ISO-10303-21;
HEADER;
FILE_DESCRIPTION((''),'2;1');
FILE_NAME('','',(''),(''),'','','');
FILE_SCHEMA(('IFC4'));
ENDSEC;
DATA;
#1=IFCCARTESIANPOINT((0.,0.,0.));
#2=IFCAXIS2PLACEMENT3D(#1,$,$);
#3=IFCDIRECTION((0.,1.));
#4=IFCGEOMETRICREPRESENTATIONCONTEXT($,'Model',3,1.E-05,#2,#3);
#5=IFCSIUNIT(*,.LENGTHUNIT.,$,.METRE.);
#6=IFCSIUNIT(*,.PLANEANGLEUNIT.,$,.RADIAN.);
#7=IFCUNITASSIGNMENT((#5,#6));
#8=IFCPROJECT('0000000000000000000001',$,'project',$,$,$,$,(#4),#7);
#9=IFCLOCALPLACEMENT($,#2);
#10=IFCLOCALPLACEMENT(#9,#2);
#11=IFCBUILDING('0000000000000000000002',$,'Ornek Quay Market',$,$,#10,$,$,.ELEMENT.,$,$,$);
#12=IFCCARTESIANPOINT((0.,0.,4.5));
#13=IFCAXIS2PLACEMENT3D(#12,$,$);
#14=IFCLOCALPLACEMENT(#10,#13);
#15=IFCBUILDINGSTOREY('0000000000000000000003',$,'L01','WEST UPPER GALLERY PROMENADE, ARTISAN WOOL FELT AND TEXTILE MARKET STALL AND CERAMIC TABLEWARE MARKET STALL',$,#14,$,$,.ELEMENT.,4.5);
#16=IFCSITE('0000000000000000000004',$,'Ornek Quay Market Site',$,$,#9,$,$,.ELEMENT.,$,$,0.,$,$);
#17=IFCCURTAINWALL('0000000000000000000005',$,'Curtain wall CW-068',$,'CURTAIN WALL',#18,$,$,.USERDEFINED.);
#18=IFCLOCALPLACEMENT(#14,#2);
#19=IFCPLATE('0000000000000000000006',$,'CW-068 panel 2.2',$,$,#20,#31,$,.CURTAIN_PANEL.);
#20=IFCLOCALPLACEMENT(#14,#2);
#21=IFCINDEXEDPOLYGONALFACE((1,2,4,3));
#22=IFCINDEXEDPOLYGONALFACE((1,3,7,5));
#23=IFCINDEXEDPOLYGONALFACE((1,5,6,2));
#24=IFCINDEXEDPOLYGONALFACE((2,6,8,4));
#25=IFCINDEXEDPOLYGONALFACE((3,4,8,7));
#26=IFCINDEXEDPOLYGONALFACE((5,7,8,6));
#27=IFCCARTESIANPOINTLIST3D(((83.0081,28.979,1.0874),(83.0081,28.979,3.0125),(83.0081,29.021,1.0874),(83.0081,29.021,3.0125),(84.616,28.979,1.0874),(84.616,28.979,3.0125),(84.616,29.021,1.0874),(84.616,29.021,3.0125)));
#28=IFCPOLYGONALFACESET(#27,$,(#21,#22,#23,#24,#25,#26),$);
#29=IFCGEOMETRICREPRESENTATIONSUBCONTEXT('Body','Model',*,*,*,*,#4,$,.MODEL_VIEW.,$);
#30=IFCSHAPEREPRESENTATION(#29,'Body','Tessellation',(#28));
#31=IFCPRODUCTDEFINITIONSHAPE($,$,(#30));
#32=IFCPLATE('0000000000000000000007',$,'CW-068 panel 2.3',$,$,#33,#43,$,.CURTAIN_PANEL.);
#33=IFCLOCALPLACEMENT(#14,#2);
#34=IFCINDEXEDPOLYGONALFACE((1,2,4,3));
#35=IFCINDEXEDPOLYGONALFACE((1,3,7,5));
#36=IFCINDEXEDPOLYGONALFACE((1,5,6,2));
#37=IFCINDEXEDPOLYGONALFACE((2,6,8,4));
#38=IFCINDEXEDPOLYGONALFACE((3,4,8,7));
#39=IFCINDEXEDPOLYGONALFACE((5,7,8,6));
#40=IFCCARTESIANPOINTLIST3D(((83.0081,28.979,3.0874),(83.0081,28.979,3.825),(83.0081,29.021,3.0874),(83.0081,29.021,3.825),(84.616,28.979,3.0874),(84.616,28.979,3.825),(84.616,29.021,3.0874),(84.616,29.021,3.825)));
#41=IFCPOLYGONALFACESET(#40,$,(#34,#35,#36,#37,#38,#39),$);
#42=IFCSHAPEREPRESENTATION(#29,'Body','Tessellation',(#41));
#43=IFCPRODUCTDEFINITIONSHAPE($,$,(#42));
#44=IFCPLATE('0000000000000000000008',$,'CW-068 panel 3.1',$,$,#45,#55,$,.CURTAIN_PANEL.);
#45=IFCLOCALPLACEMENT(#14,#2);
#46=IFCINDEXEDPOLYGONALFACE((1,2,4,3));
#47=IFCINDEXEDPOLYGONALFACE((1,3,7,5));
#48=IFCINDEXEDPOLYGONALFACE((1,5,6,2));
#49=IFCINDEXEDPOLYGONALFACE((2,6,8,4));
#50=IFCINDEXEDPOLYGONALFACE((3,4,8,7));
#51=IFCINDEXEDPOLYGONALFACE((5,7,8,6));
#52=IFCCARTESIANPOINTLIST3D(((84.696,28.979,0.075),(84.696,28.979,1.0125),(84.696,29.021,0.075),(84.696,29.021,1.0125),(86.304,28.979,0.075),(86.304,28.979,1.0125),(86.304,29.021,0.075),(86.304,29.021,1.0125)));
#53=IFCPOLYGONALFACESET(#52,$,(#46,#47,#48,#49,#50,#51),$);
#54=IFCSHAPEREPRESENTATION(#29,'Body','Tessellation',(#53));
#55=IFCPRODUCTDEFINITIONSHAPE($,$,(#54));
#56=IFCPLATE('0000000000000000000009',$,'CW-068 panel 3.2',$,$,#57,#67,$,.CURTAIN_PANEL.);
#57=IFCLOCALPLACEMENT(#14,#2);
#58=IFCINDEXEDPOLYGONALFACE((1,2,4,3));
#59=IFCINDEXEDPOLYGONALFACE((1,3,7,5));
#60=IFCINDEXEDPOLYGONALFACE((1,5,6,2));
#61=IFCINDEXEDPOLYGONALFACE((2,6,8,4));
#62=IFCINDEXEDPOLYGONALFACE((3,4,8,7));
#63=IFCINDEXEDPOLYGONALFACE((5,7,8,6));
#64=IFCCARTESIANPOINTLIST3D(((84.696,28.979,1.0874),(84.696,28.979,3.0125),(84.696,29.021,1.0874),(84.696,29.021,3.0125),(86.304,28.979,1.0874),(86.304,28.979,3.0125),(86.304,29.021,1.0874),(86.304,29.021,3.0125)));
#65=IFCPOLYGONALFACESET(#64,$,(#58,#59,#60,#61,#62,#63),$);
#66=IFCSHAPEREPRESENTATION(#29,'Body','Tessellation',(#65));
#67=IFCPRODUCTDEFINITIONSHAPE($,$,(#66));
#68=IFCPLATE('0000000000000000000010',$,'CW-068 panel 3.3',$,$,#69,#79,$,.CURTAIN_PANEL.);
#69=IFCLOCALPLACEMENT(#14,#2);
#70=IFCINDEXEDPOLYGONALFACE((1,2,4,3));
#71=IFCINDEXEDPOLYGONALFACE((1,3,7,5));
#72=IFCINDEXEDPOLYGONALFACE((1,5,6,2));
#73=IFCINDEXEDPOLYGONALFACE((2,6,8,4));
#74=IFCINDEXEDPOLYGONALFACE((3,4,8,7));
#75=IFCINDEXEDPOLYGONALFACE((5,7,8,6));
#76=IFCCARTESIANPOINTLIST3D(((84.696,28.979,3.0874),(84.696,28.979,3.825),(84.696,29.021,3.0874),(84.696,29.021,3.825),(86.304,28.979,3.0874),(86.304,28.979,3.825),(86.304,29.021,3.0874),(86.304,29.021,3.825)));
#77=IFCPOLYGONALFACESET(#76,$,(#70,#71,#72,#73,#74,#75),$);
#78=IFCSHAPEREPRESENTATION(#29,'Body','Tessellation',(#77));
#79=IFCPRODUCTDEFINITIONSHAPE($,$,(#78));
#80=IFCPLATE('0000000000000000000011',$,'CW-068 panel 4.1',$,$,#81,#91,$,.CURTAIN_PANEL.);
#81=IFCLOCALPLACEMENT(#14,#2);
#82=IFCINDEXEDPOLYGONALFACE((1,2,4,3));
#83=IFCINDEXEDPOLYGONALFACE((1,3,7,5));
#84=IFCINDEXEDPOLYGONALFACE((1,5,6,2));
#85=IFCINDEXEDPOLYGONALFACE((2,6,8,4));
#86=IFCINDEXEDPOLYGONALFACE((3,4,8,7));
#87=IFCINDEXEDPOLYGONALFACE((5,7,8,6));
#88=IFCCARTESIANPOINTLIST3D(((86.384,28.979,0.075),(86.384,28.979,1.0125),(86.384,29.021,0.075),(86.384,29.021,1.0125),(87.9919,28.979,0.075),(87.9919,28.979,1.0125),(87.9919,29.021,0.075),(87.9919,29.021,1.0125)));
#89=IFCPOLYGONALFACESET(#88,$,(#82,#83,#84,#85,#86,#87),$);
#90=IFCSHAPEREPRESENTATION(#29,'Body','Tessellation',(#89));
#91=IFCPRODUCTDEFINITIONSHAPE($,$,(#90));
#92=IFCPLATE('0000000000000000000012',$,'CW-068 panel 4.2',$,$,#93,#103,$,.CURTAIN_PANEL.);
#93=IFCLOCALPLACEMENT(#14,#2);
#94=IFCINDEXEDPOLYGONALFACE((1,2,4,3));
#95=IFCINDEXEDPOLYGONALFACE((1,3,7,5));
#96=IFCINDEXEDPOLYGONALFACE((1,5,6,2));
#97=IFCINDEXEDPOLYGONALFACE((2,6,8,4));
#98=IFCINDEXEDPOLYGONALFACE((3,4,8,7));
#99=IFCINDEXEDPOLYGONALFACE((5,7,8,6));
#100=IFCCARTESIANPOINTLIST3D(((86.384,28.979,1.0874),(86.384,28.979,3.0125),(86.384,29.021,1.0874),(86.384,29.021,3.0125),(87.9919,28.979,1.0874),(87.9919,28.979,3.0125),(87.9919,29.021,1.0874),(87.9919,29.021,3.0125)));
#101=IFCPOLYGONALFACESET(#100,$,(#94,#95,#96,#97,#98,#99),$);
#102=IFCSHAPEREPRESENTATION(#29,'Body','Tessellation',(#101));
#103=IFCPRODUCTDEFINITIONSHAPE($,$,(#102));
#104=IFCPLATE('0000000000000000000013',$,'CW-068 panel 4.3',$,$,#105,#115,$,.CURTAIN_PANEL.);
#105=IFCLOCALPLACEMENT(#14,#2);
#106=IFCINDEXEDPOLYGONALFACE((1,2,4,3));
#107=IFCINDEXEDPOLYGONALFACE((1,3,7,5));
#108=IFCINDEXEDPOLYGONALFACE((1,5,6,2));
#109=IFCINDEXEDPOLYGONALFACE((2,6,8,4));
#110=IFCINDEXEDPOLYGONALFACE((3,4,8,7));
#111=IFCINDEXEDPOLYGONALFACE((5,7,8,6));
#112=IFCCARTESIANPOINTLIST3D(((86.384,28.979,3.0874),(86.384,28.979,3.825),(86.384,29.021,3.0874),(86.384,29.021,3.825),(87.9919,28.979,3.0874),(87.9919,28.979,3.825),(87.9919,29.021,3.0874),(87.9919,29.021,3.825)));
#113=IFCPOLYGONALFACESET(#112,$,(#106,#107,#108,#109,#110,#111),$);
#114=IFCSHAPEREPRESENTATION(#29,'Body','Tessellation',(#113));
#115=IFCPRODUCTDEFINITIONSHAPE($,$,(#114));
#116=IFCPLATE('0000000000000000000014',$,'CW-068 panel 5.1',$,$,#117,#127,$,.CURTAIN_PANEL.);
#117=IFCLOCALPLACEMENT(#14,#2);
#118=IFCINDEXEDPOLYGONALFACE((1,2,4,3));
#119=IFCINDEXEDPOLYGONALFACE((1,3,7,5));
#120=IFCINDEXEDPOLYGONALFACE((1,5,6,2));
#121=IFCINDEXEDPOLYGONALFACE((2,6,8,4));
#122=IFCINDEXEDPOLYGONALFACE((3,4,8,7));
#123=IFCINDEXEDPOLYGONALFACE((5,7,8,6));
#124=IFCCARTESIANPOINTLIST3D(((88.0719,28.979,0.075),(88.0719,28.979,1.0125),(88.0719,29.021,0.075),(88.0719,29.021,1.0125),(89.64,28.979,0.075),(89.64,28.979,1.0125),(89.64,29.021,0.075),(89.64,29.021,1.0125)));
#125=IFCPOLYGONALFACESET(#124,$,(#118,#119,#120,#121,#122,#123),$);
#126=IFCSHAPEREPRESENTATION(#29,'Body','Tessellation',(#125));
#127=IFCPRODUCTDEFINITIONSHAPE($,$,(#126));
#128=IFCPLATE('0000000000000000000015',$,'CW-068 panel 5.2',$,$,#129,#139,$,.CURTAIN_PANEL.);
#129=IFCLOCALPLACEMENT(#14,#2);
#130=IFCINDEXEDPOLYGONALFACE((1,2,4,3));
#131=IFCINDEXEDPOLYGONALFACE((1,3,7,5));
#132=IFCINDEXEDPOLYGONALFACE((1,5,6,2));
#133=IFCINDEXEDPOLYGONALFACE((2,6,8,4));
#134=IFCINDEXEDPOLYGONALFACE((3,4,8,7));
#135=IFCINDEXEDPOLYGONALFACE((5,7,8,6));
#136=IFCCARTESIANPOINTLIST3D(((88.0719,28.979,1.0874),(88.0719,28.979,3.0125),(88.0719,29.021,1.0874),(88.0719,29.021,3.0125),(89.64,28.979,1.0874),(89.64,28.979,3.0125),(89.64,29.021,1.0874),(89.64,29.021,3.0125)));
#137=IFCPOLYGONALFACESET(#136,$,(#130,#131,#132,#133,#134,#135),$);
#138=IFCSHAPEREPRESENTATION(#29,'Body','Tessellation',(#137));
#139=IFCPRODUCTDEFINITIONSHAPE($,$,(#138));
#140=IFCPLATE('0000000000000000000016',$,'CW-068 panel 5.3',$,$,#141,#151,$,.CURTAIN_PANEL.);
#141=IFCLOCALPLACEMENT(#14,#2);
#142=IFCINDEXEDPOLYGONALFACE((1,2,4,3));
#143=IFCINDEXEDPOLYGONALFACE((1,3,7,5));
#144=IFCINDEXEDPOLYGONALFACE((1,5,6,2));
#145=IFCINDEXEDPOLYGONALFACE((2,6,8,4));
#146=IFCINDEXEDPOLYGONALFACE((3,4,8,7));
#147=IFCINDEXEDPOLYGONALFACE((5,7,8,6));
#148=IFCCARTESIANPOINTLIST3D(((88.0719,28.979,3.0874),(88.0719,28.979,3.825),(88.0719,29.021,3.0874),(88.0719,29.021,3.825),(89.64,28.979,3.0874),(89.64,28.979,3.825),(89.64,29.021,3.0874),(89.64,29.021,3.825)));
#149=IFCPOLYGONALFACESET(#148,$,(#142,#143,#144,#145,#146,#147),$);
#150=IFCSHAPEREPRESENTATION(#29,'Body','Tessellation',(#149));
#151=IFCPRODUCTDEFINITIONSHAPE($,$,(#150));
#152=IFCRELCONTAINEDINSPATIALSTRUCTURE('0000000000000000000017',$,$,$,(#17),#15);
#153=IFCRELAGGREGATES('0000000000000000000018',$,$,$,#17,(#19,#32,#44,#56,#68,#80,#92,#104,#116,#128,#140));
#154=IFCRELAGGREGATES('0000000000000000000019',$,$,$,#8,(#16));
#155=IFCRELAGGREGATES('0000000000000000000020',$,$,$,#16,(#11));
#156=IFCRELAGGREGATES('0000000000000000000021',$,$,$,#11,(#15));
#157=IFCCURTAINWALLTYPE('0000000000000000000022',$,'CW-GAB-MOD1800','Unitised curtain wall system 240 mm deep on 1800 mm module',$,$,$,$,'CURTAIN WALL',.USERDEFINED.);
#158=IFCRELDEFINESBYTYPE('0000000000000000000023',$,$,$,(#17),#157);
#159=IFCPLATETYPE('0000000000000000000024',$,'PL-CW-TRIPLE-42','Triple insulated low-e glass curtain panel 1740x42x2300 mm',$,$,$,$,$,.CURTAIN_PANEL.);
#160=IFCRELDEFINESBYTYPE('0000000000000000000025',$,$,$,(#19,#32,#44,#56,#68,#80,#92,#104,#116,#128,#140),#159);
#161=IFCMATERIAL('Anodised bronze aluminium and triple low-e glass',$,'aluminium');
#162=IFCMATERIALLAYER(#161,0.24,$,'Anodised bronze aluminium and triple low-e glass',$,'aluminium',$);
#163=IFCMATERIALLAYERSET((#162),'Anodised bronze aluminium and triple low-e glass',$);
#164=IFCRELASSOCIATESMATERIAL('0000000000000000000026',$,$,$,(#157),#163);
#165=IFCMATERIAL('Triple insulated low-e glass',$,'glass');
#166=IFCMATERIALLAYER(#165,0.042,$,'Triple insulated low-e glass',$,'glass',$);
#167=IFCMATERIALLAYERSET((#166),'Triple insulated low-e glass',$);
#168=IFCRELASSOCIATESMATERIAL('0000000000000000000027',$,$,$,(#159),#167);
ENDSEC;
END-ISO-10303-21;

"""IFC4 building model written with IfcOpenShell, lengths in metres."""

from ifc_helpers import new_model, si_unit, direction, frame, origin, origin_2d, place, context, subcontext, project, spatial, rectangle, extrude, material, layer, layer_set, type_object, element, aggregate, save


model = new_model("IFC4")

# Units and contexts
model_context = context("Model", 3, precision=1e-05, world=origin(), true_north=direction((0.0, 1.0)))
body_context = subcontext(model_context, "Body", "Model", "MODEL_VIEW")
ifc_project = project(units=[si_unit("LENGTHUNIT", "METRE"), si_unit("PLANEANGLEUNIT", "RADIAN")], contexts=[model_context])

# Site, building, storey
site_placement = place(None, origin())
site = spatial("IfcSite", under=ifc_project, at=site_placement, Name="Ornek Quay Market Site", CompositionType="ELEMENT", RefElevation=0.0)
building_placement = place(site_placement, origin())
building = spatial("IfcBuilding", under=site, at=building_placement, Name="Ornek Quay Market", CompositionType="ELEMENT")
storey_placement = place(building_placement, frame((0.0, 0.0, 4.5)))
storey = spatial("IfcBuildingStorey", under=building, at=storey_placement, Name="L01", Description="WEST UPPER GALLERY PROMENADE, ARTISAN WOOL FELT AND TEXTILE MARKET STALL AND CERAMIC TABLEWARE MARKET STALL", CompositionType="ELEMENT", Elevation=4.5)

# Curtain wall, plates
ifc_material_1 = material(Name="Anodised bronze aluminium and triple low-e glass", Category="aluminium")
ifc_layer_1 = layer(ifc_material_1, 0.24, Name="Anodised bronze aluminium and triple low-e glass", Category="aluminium")
ifc_layer_set_1 = layer_set([ifc_layer_1], Name="Anodised bronze aluminium and triple low-e glass")
curtain_wall_type = type_object("IfcCurtainWallType", Name="CW-GAB-MOD1800", Description="Unitised curtain wall system 240 mm deep on 1800 mm module", ElementType="CURTAIN WALL", PredefinedType="USERDEFINED", material=ifc_layer_set_1)
curtain_wall_placement = place(storey_placement, origin())
curtain_wall = element("IfcCurtainWall", 1, at=curtain_wall_placement, inside=storey, type_object=curtain_wall_type, Name="Curtain wall CW-068", ObjectType="CURTAIN WALL", PredefinedType="USERDEFINED")
ifc_material_2 = material(Name="Triple insulated low-e glass", Category="glass")
ifc_layer_2 = layer(ifc_material_2, 0.042, Name="Triple insulated low-e glass", Category="glass")
ifc_layer_set_2 = layer_set([ifc_layer_2], Name="Triple insulated low-e glass")
plate_type = type_object("IfcPlateType", Name="PL-CW-TRIPLE-42", Description="Triple insulated low-e glass curtain panel 1740x42x2300 mm", PredefinedType="CURTAIN_PANEL", material=ifc_layer_set_2)
plate_1_placement = place(storey_placement, frame((83.812, 29.0, 1.0874), z_axis=(0.0, 0.0, 1.0), x_axis=(1.0, 0.0, 0.0)))
plate_1 = element("IfcPlate", 2, at=plate_1_placement, type_object=plate_type, Name="CW-068 panel 2.2", PredefinedType="CURTAIN_PANEL", context=body_context, shape_type="SweptSolid", body=[
    extrude(rectangle(XDim=1.6079, YDim=0.042, at=origin_2d()), origin(), (0.0, 0.0, 1.0), 1.925),
])
plate_2_placement = place(storey_placement, frame((83.812, 29.0, 3.0874), z_axis=(0.0, 0.0, 1.0), x_axis=(1.0, 0.0, 0.0)))
plate_2 = element("IfcPlate", 3, at=plate_2_placement, type_object=plate_type, Name="CW-068 panel 2.3", PredefinedType="CURTAIN_PANEL", context=body_context, shape_type="SweptSolid", body=[
    extrude(rectangle(XDim=1.6079, YDim=0.042, at=origin_2d()), origin(), (0.0, 0.0, 1.0), 0.7375),
])
plate_3_placement = place(storey_placement, frame((85.5, 29.0, 0.075), z_axis=(0.0, 0.0, 1.0), x_axis=(1.0, 0.0, 0.0)))
plate_3 = element("IfcPlate", 4, at=plate_3_placement, type_object=plate_type, Name="CW-068 panel 3.1", PredefinedType="CURTAIN_PANEL", context=body_context, shape_type="SweptSolid", body=[
    extrude(rectangle(XDim=1.6079, YDim=0.042, at=origin_2d()), origin(), (0.0, 0.0, 1.0), 0.9375),
])
plate_4_placement = place(storey_placement, frame((85.5, 29.0, 1.0874), z_axis=(0.0, 0.0, 1.0), x_axis=(1.0, 0.0, 0.0)))
plate_4 = element("IfcPlate", 5, at=plate_4_placement, type_object=plate_type, Name="CW-068 panel 3.2", PredefinedType="CURTAIN_PANEL", context=body_context, shape_type="SweptSolid", body=[
    extrude(rectangle(XDim=1.6079, YDim=0.042, at=origin_2d()), origin(), (0.0, 0.0, 1.0), 1.925),
])
plate_5_placement = place(storey_placement, frame((85.5, 29.0, 3.0874), z_axis=(0.0, 0.0, 1.0), x_axis=(1.0, 0.0, 0.0)))
plate_5 = element("IfcPlate", 6, at=plate_5_placement, type_object=plate_type, Name="CW-068 panel 3.3", PredefinedType="CURTAIN_PANEL", context=body_context, shape_type="SweptSolid", body=[
    extrude(rectangle(XDim=1.6079, YDim=0.042, at=origin_2d()), origin(), (0.0, 0.0, 1.0), 0.7375),
])
plate_6_placement = place(storey_placement, frame((87.188, 29.0, 0.075), z_axis=(0.0, 0.0, 1.0), x_axis=(1.0, 0.0, 0.0)))
plate_6 = element("IfcPlate", 7, at=plate_6_placement, type_object=plate_type, Name="CW-068 panel 4.1", PredefinedType="CURTAIN_PANEL", context=body_context, shape_type="SweptSolid", body=[
    extrude(rectangle(XDim=1.6079, YDim=0.042, at=origin_2d()), origin(), (0.0, 0.0, 1.0), 0.9375),
])
plate_7_placement = place(storey_placement, frame((87.188, 29.0, 1.0874), z_axis=(0.0, 0.0, 1.0), x_axis=(1.0, 0.0, 0.0)))
plate_7 = element("IfcPlate", 8, at=plate_7_placement, type_object=plate_type, Name="CW-068 panel 4.2", PredefinedType="CURTAIN_PANEL", context=body_context, shape_type="SweptSolid", body=[
    extrude(rectangle(XDim=1.6079, YDim=0.042, at=origin_2d()), origin(), (0.0, 0.0, 1.0), 1.925),
])
plate_8_placement = place(storey_placement, frame((87.188, 29.0, 3.0874), z_axis=(0.0, 0.0, 1.0), x_axis=(1.0, 0.0, 0.0)))
plate_8 = element("IfcPlate", 9, at=plate_8_placement, type_object=plate_type, Name="CW-068 panel 4.3", PredefinedType="CURTAIN_PANEL", context=body_context, shape_type="SweptSolid", body=[
    extrude(rectangle(XDim=1.6079, YDim=0.042, at=origin_2d()), origin(), (0.0, 0.0, 1.0), 0.7375),
])
plate_9_placement = place(storey_placement, frame((88.856, 29.0, 0.075), z_axis=(0.0, 0.0, 1.0), x_axis=(1.0, 0.0, 0.0)))
plate_9 = element("IfcPlate", 10, at=plate_9_placement, type_object=plate_type, Name="CW-068 panel 5.1", PredefinedType="CURTAIN_PANEL", context=body_context, shape_type="SweptSolid", body=[
    extrude(rectangle(XDim=1.5681, YDim=0.042, at=origin_2d()), origin(), (0.0, 0.0, 1.0), 0.9375),
])
plate_10_placement = place(storey_placement, frame((88.856, 29.0, 1.0874), z_axis=(0.0, 0.0, 1.0), x_axis=(1.0, 0.0, 0.0)))
plate_10 = element("IfcPlate", 11, at=plate_10_placement, type_object=plate_type, Name="CW-068 panel 5.2", PredefinedType="CURTAIN_PANEL", context=body_context, shape_type="SweptSolid", body=[
    extrude(rectangle(XDim=1.5681, YDim=0.042, at=origin_2d()), origin(), (0.0, 0.0, 1.0), 1.925),
])
plate_11_placement = place(storey_placement, frame((88.856, 29.0, 3.0874), z_axis=(0.0, 0.0, 1.0), x_axis=(1.0, 0.0, 0.0)))
plate_11 = element("IfcPlate", 12, at=plate_11_placement, type_object=plate_type, Name="CW-068 panel 5.3", PredefinedType="CURTAIN_PANEL", context=body_context, shape_type="SweptSolid", body=[
    extrude(rectangle(XDim=1.5681, YDim=0.042, at=origin_2d()), origin(), (0.0, 0.0, 1.0), 0.7375),
])
aggregate(curtain_wall, [plate_1, plate_2, plate_3, plate_4, plate_5, plate_6, plate_7, plate_8, plate_9, plate_10, plate_11])

save(model, "model.ifc")
